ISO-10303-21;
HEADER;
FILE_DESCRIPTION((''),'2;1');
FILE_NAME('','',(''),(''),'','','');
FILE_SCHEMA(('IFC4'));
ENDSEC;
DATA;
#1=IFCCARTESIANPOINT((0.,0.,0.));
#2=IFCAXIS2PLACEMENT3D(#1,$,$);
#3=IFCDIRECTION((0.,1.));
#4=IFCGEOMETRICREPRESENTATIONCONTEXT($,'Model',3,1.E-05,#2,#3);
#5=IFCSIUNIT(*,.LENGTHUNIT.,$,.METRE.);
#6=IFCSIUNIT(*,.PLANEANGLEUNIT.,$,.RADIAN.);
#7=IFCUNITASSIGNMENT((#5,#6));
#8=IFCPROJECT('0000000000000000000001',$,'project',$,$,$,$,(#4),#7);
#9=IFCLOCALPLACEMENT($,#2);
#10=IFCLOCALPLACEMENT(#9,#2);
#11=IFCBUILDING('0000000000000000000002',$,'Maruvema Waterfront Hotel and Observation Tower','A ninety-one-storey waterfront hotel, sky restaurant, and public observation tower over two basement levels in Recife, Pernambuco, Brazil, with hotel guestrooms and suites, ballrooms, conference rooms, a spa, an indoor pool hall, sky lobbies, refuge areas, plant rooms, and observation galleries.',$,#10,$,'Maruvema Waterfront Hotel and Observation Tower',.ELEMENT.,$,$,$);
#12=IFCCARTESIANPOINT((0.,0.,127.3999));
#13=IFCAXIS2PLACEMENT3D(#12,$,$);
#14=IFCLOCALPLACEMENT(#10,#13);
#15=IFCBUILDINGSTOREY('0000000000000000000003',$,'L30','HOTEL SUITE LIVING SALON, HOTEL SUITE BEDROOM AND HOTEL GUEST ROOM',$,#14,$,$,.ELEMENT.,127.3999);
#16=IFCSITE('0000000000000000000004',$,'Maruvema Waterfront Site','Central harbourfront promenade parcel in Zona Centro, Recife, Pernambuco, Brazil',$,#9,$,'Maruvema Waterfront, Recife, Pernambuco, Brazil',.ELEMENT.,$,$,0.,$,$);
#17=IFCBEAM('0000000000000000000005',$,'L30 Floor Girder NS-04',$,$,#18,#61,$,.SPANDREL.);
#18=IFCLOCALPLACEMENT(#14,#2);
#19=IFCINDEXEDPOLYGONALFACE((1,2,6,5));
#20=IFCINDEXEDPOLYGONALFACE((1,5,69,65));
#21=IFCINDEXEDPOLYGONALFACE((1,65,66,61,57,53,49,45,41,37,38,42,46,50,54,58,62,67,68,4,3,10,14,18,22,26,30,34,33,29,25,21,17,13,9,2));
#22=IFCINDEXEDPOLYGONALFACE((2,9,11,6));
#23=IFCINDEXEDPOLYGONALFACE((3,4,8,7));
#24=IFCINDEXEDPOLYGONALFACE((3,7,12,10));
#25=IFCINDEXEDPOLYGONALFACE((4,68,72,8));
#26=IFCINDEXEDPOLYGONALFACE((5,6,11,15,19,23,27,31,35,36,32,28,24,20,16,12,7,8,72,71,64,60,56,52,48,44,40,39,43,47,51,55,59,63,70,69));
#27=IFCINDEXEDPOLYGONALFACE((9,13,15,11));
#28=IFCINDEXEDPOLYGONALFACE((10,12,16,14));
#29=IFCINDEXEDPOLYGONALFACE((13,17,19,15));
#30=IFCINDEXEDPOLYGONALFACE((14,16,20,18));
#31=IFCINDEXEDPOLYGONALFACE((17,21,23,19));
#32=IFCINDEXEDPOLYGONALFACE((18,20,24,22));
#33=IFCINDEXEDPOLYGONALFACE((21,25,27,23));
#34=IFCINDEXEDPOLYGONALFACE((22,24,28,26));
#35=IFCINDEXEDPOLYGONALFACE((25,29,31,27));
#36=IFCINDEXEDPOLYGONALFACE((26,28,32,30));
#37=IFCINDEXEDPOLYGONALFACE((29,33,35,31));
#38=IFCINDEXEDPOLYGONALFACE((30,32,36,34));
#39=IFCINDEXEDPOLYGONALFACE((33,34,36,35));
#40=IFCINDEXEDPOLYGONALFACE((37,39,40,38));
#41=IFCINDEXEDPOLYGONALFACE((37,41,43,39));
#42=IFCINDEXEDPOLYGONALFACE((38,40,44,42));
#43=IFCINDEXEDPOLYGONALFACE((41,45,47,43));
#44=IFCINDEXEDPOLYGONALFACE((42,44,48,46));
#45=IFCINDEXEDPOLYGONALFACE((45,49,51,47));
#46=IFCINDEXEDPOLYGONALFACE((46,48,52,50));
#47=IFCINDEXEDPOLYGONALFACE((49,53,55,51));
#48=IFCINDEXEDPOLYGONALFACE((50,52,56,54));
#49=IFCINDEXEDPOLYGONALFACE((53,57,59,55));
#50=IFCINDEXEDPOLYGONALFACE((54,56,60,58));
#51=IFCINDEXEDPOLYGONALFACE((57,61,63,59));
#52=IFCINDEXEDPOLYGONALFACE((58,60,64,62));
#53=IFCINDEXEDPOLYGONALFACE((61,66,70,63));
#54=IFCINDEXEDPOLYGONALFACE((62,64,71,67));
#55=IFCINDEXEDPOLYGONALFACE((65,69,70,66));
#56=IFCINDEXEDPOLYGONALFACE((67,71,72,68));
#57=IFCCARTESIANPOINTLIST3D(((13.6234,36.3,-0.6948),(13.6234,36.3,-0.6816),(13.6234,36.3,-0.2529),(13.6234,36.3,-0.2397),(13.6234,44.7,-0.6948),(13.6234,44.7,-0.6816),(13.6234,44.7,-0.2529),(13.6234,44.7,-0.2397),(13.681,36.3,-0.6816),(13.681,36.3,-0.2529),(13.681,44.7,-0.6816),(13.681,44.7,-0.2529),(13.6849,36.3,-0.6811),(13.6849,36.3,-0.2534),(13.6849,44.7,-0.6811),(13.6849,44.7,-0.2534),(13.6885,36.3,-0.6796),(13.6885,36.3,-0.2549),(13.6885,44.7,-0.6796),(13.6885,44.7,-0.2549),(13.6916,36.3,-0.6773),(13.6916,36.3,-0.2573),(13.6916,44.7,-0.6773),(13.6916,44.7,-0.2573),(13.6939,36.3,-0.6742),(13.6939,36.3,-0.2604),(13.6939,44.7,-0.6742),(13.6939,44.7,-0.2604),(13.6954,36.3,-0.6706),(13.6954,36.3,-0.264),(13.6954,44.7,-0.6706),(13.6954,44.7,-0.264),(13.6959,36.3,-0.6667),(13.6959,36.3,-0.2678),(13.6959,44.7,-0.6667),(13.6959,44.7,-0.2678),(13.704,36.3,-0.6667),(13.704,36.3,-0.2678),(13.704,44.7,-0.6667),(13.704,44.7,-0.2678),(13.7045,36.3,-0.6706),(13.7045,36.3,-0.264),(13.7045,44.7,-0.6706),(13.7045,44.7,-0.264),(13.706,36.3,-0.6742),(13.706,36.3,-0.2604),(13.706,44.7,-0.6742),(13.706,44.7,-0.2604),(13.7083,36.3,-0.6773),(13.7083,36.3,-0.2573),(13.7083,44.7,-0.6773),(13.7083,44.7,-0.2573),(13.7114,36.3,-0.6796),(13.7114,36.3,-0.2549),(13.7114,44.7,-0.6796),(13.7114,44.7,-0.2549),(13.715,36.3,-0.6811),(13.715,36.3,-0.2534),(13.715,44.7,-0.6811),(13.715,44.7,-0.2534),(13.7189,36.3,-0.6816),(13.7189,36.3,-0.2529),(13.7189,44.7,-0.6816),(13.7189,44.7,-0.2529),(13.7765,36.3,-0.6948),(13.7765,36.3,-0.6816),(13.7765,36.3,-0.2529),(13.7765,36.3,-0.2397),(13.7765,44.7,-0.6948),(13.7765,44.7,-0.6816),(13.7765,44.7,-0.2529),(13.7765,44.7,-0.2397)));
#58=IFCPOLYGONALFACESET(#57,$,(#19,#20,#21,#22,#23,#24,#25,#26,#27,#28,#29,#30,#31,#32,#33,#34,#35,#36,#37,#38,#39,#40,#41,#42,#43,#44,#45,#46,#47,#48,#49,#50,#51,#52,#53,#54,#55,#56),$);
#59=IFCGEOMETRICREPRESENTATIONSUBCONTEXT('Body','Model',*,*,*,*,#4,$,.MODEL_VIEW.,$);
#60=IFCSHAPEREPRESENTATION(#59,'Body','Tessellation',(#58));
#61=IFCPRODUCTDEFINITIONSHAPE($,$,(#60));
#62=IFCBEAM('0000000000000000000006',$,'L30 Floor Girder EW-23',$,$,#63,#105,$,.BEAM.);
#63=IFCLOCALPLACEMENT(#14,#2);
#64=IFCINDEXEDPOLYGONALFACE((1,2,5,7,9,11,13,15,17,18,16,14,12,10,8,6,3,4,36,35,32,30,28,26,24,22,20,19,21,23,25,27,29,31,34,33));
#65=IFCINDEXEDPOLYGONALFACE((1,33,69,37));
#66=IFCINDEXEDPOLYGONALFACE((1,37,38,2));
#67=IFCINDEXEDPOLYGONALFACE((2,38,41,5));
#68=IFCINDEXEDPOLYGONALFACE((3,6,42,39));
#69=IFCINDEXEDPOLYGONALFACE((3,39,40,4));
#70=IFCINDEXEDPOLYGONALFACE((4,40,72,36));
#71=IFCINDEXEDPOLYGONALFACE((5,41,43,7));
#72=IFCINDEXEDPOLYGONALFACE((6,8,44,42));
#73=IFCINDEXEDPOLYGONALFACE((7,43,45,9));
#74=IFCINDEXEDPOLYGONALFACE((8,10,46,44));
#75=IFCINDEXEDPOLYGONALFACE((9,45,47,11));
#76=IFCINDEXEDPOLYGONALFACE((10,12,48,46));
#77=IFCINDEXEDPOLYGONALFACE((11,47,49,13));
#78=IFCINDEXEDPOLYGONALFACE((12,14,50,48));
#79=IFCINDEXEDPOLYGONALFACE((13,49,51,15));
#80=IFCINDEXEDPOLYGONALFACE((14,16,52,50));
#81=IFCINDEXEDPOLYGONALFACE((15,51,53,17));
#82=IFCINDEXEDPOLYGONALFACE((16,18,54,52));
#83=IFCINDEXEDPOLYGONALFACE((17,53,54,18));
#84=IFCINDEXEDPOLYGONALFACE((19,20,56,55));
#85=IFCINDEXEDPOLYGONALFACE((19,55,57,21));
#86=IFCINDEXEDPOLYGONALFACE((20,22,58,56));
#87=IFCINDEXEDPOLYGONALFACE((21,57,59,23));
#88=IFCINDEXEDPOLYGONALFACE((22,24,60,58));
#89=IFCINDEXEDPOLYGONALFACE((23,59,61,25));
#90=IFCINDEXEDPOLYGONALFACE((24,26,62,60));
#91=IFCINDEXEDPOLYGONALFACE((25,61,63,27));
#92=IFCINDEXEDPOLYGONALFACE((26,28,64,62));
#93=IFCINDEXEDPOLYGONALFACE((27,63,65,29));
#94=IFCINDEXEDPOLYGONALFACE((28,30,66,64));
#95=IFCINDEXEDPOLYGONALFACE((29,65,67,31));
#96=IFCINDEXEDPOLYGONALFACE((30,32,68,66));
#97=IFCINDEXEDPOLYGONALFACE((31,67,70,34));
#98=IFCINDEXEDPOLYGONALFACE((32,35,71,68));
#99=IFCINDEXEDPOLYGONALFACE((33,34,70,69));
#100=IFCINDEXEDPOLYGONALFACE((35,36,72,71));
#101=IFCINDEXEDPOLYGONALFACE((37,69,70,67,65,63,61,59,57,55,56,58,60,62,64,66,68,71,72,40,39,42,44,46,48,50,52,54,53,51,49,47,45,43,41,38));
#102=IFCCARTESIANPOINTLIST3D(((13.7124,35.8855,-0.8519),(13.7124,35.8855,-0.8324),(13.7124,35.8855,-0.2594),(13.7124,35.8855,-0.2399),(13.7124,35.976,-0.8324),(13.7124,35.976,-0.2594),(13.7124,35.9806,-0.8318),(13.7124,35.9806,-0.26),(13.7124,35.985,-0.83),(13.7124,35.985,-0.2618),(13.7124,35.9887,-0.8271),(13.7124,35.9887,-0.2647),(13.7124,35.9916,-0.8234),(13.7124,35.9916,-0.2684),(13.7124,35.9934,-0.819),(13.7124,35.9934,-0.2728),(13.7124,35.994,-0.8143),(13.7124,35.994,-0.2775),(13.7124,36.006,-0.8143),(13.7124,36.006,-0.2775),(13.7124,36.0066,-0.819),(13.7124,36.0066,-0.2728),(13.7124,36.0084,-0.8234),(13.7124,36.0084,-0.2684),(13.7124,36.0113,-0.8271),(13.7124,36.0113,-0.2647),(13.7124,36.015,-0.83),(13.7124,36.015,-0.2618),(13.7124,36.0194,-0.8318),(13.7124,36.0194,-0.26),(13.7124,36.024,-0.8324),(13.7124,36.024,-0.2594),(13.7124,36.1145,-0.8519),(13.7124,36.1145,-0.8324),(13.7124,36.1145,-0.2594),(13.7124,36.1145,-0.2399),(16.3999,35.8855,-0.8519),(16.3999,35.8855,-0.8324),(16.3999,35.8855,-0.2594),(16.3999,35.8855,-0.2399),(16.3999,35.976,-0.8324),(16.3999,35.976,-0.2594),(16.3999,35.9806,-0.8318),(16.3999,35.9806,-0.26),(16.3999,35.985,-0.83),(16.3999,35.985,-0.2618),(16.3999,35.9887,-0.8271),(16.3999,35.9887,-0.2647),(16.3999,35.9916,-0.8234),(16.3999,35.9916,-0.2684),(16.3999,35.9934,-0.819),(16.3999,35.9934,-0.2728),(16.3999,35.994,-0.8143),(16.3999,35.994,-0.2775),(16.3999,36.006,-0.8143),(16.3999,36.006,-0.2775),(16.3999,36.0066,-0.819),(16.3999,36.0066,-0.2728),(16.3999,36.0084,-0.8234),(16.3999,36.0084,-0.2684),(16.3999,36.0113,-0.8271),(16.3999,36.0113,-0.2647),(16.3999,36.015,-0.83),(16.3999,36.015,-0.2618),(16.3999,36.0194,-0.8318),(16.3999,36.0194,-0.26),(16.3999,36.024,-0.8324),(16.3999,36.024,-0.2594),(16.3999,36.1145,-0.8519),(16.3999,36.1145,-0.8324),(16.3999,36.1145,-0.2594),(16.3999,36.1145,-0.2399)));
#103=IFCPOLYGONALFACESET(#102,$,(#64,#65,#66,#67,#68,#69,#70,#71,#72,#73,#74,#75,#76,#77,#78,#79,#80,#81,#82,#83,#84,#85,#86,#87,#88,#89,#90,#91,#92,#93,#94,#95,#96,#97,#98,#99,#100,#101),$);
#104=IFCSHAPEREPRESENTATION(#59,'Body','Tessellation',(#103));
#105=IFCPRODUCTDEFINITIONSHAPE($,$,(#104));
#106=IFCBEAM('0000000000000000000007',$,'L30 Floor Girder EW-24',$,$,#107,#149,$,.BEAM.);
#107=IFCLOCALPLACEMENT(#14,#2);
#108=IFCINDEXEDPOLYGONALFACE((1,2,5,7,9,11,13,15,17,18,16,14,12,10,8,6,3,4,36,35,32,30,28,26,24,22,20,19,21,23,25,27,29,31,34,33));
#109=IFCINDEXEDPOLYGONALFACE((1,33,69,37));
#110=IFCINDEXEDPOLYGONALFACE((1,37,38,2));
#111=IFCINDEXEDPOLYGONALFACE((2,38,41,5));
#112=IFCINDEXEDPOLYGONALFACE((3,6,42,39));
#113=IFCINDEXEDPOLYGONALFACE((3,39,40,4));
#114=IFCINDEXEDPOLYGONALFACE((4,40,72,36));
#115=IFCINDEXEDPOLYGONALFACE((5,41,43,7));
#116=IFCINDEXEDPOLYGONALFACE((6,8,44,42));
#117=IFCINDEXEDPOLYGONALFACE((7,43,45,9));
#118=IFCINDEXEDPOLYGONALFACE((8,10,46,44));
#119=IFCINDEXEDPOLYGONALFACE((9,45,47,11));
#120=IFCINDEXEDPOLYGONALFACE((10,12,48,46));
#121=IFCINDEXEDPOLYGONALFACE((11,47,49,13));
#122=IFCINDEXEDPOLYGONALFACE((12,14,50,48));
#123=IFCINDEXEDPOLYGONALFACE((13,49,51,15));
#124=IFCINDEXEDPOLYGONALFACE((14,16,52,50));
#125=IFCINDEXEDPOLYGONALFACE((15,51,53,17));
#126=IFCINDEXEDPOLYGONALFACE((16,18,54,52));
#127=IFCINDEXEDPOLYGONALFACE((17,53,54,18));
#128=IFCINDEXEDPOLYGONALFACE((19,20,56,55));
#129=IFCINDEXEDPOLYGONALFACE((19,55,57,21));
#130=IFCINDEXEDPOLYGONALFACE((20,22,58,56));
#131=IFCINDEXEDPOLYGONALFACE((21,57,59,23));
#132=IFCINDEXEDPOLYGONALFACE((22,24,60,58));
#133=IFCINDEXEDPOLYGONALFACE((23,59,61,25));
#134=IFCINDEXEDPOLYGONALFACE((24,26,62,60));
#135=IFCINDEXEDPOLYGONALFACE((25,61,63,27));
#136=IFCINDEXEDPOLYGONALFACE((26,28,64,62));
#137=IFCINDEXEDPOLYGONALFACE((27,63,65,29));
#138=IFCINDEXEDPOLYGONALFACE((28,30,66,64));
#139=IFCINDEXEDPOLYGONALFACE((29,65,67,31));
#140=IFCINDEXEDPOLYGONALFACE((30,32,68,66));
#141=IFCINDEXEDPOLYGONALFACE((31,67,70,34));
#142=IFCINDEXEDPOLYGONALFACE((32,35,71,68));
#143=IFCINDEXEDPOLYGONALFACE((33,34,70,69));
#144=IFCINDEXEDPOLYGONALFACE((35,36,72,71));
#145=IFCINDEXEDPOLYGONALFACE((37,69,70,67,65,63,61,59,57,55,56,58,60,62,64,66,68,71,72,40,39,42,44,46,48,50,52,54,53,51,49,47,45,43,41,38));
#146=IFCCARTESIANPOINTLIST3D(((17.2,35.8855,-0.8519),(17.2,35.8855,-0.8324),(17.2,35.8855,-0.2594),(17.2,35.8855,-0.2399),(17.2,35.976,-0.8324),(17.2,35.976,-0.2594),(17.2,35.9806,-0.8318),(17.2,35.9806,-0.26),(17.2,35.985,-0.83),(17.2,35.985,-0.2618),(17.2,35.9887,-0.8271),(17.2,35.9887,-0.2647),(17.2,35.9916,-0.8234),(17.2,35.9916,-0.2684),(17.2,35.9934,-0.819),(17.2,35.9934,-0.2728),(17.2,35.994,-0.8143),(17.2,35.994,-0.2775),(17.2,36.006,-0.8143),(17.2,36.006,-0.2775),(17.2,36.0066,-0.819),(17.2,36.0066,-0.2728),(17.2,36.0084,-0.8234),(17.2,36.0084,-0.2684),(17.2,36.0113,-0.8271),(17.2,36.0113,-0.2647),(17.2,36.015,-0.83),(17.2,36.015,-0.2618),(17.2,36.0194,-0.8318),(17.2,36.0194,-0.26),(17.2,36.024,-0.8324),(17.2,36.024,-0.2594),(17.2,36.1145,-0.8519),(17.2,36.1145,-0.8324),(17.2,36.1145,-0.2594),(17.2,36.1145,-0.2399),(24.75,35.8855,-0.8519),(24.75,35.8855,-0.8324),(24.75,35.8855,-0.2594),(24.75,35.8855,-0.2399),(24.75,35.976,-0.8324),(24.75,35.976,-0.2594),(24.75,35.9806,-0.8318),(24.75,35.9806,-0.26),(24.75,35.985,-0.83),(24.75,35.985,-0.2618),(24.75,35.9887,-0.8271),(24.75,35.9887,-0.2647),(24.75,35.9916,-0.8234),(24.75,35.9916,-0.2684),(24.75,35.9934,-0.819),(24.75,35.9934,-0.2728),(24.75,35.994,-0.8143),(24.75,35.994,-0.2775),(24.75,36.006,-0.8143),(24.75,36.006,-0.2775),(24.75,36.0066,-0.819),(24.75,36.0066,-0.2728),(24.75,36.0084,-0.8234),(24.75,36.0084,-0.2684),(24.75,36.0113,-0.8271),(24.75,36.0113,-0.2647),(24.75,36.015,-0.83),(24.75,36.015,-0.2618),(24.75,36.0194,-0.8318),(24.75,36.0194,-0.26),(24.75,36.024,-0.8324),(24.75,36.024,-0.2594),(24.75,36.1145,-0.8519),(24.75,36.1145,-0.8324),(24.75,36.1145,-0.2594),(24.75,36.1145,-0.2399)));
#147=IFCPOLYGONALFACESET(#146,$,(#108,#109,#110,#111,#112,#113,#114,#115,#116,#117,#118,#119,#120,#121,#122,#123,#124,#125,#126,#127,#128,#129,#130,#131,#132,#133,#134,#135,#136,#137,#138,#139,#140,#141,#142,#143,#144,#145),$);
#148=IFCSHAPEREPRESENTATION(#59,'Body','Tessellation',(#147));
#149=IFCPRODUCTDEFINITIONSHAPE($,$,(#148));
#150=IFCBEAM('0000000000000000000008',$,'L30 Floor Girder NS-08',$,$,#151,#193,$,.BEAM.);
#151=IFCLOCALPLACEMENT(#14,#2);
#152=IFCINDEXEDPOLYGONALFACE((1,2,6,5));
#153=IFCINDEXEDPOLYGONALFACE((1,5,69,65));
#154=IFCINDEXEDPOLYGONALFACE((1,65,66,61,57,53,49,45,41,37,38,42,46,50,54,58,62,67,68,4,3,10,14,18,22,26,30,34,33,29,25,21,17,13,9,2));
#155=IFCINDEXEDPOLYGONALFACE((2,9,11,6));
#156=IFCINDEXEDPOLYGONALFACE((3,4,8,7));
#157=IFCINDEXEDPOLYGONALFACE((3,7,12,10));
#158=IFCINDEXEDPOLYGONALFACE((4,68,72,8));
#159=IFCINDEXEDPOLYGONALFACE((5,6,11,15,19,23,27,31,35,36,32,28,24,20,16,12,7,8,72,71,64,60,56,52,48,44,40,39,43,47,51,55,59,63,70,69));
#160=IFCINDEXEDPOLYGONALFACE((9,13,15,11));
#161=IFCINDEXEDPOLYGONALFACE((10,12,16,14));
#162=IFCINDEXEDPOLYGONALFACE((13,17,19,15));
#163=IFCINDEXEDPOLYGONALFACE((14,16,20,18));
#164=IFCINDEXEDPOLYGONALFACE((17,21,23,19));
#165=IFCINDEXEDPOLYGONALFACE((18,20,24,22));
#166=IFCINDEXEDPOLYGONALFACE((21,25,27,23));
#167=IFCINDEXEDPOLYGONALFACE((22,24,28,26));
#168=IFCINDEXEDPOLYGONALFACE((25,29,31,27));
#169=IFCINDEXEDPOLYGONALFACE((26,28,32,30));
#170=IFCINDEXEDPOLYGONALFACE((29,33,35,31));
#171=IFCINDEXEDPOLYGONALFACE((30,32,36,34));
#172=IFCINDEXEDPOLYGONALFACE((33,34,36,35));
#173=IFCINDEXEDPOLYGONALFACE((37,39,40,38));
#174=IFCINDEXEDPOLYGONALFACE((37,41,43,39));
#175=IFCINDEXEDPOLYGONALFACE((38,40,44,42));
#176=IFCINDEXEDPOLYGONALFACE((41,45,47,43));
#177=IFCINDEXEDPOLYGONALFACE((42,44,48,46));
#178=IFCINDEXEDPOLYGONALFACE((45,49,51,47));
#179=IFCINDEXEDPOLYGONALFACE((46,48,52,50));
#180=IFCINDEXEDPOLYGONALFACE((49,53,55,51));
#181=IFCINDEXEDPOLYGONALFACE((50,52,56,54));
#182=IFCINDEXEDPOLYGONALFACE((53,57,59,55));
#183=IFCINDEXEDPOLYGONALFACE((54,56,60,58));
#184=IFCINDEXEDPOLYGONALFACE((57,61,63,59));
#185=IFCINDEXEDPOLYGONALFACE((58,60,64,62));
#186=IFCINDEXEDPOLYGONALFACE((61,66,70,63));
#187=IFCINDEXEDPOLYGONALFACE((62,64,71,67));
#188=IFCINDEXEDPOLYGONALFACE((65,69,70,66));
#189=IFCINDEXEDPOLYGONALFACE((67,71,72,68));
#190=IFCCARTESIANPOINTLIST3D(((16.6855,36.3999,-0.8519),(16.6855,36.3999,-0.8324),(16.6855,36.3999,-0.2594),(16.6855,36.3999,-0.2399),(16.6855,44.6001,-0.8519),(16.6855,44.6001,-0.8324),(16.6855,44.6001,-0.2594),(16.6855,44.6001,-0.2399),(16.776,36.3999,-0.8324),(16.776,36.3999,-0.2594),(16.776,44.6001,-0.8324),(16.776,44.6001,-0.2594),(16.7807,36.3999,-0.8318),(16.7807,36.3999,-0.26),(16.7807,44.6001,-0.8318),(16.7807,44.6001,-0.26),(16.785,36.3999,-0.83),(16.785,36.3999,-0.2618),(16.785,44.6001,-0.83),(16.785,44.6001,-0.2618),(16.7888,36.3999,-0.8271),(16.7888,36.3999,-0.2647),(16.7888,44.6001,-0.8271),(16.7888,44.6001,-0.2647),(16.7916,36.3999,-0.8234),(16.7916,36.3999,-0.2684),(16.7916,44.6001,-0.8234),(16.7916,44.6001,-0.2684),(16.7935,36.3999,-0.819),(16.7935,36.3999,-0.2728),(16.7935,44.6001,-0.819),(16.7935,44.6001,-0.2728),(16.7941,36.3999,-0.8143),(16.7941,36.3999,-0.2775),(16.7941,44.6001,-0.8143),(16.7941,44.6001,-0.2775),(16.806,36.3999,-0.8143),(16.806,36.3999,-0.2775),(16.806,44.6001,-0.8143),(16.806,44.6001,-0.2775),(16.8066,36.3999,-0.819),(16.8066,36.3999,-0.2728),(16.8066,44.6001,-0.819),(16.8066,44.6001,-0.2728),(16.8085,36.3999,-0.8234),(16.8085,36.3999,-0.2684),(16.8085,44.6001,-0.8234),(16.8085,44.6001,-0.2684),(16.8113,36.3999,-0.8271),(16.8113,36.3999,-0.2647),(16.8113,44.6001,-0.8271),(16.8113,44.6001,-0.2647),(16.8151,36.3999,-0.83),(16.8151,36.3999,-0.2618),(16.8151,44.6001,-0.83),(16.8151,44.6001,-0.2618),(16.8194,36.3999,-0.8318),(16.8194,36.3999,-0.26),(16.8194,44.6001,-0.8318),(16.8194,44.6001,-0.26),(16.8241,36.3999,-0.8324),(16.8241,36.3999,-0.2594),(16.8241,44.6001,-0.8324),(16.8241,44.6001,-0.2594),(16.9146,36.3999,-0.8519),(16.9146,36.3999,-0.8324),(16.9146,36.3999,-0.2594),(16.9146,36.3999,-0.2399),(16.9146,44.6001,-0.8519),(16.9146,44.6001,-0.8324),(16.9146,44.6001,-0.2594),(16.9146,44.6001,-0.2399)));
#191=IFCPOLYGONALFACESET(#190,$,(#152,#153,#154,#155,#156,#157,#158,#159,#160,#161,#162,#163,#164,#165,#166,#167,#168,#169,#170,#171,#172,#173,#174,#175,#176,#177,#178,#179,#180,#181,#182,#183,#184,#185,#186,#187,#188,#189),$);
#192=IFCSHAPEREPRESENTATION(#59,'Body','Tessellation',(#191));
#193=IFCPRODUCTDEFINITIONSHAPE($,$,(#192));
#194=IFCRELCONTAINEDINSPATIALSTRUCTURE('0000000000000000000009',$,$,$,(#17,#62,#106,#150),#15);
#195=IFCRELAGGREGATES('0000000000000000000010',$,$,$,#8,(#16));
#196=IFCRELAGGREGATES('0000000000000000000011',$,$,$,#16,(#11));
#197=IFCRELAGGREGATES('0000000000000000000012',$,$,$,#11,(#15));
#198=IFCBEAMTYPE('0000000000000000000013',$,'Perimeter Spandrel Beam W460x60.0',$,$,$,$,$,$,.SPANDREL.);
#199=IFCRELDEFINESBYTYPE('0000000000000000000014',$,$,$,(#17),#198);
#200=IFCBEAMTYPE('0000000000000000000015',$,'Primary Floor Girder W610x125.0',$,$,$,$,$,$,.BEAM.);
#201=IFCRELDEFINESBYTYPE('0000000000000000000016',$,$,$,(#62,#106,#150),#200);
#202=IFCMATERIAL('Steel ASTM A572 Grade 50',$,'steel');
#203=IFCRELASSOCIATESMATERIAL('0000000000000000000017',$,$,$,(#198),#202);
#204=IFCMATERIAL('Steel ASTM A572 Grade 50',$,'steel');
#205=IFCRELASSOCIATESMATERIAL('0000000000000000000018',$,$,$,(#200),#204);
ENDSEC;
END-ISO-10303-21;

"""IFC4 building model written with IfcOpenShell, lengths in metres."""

from ifc_helpers import new_model, si_unit, direction, frame, origin, origin_2d, place, context, subcontext, project, spatial, i_section, extrude, material, material_profile, profile_set, type_object, element, save


model = new_model("IFC4")

# Units and contexts
model_context = context("Model", 3, precision=1e-05, world=origin(), true_north=direction((0.0, 1.0)))
body_context = subcontext(model_context, "Body", "Model", "MODEL_VIEW")
ifc_project = project(units=[si_unit("LENGTHUNIT", "METRE"), si_unit("PLANEANGLEUNIT", "RADIAN")], contexts=[model_context])

# Site, building, storey
site_placement = place(None, origin())
site = spatial("IfcSite", under=ifc_project, at=site_placement, Name="Maruvema Waterfront Site", Description="Central harbourfront promenade parcel in Zona Centro, Recife, Pernambuco, Brazil", LongName="Maruvema Waterfront, Recife, Pernambuco, Brazil", CompositionType="ELEMENT", RefElevation=0.0)
building_placement = place(site_placement, origin())
building = spatial("IfcBuilding", under=site, at=building_placement, Name="Maruvema Waterfront Hotel and Observation Tower", Description="A ninety-one-storey waterfront hotel, sky restaurant, and public observation tower over two basement levels in Recife, Pernambuco, Brazil, with hotel guestrooms and suites, ballrooms, conference rooms, a spa, an indoor pool hall, sky lobbies, refuge areas, plant rooms, and observation galleries.", LongName="Maruvema Waterfront Hotel and Observation Tower", CompositionType="ELEMENT")
storey_placement = place(building_placement, frame((0.0, 0.0, 127.3999)))
storey = spatial("IfcBuildingStorey", under=building, at=storey_placement, Name="L30", Description="HOTEL SUITE LIVING SALON, HOTEL SUITE BEDROOM AND HOTEL GUEST ROOM", CompositionType="ELEMENT", Elevation=127.3999)

# Beams
ifc_material_1 = material(Name="Steel ASTM A572 Grade 50", Category="steel")
ifc_material_profile_1 = material_profile(ifc_material_1, i_section(OverallWidth=0.1531, OverallDepth=0.4551, WebThickness=0.0081, FlangeThickness=0.0132, FilletRadius=0.0149, at=origin_2d()), Name="W460x60.0")
ifc_profile_set_1 = profile_set([ifc_material_profile_1], Name="Steel ASTM A572 Grade 50")
beam_type_1 = type_object("IfcBeamType", Name="Perimeter Spandrel Beam W460x60.0", PredefinedType="SPANDREL", material=ifc_profile_set_1)
beam_1_placement = place(storey_placement, frame((13.7, 36.3, -0.4673), z_axis=(0.0, 1.0, 0.0), x_axis=(-1.0, 0.0, 0.0)))
element("IfcBeam", 1, at=beam_1_placement, inside=storey, type_object=beam_type_1, Name="L30 Floor Girder NS-04", PredefinedType="SPANDREL", context=body_context, shape_type="SweptSolid", body=[
    extrude(i_section(OverallWidth=0.1531, OverallDepth=0.4551, WebThickness=0.0081, FlangeThickness=0.0132, FilletRadius=0.0149, at=origin_2d()), origin(), (0.0, 0.0, 1.0), 8.3999),
])
ifc_material_2 = material(Name="Steel ASTM A572 Grade 50", Category="steel")
ifc_material_profile_2 = material_profile(ifc_material_2, i_section(OverallWidth=0.229, OverallDepth=0.6121, WebThickness=0.012, FlangeThickness=0.0195, FilletRadius=0.0181, at=origin_2d()), Name="W610x125.0")
ifc_profile_set_2 = profile_set([ifc_material_profile_2], Name="Steel ASTM A572 Grade 50")
beam_type_2 = type_object("IfcBeamType", Name="Primary Floor Girder W610x125.0", PredefinedType="BEAM", material=ifc_profile_set_2)
beam_2_placement = place(storey_placement, frame((13.7124, 36.0, -0.5459), z_axis=(1.0, 0.0, 0.0), x_axis=(0.0, 1.0, 0.0)))
element("IfcBeam", 2, at=beam_2_placement, inside=storey, type_object=beam_type_2, Name="L30 Floor Girder EW-23", PredefinedType="BEAM", context=body_context, shape_type="SweptSolid", body=[
    extrude(i_section(OverallWidth=0.229, OverallDepth=0.6121, WebThickness=0.012, FlangeThickness=0.0195, FilletRadius=0.0181, at=origin_2d()), origin(), (0.0, 0.0, 1.0), 2.6875),
])
beam_3_placement = place(storey_placement, frame((17.2, 36.0, -0.5459), z_axis=(1.0, 0.0, 0.0), x_axis=(0.0, 1.0, 0.0)))
element("IfcBeam", 3, at=beam_3_placement, inside=storey, type_object=beam_type_2, Name="L30 Floor Girder EW-24", PredefinedType="BEAM", context=body_context, shape_type="SweptSolid", body=[
    extrude(i_section(OverallWidth=0.229, OverallDepth=0.6121, WebThickness=0.012, FlangeThickness=0.0195, FilletRadius=0.0181, at=origin_2d()), origin(), (0.0, 0.0, 1.0), 7.55),
])
beam_4_placement = place(storey_placement, frame((16.8, 36.3999, -0.5459), z_axis=(0.0, 1.0, 0.0), x_axis=(-1.0, 0.0, 0.0)))
element("IfcBeam", 4, at=beam_4_placement, inside=storey, type_object=beam_type_2, Name="L30 Floor Girder NS-08", PredefinedType="BEAM", context=body_context, shape_type="SweptSolid", body=[
    extrude(i_section(OverallWidth=0.229, OverallDepth=0.6121, WebThickness=0.012, FlangeThickness=0.0195, FilletRadius=0.0181, at=origin_2d()), origin(), (0.0, 0.0, 1.0), 8.2002),
])

save(model, "model.ifc")
